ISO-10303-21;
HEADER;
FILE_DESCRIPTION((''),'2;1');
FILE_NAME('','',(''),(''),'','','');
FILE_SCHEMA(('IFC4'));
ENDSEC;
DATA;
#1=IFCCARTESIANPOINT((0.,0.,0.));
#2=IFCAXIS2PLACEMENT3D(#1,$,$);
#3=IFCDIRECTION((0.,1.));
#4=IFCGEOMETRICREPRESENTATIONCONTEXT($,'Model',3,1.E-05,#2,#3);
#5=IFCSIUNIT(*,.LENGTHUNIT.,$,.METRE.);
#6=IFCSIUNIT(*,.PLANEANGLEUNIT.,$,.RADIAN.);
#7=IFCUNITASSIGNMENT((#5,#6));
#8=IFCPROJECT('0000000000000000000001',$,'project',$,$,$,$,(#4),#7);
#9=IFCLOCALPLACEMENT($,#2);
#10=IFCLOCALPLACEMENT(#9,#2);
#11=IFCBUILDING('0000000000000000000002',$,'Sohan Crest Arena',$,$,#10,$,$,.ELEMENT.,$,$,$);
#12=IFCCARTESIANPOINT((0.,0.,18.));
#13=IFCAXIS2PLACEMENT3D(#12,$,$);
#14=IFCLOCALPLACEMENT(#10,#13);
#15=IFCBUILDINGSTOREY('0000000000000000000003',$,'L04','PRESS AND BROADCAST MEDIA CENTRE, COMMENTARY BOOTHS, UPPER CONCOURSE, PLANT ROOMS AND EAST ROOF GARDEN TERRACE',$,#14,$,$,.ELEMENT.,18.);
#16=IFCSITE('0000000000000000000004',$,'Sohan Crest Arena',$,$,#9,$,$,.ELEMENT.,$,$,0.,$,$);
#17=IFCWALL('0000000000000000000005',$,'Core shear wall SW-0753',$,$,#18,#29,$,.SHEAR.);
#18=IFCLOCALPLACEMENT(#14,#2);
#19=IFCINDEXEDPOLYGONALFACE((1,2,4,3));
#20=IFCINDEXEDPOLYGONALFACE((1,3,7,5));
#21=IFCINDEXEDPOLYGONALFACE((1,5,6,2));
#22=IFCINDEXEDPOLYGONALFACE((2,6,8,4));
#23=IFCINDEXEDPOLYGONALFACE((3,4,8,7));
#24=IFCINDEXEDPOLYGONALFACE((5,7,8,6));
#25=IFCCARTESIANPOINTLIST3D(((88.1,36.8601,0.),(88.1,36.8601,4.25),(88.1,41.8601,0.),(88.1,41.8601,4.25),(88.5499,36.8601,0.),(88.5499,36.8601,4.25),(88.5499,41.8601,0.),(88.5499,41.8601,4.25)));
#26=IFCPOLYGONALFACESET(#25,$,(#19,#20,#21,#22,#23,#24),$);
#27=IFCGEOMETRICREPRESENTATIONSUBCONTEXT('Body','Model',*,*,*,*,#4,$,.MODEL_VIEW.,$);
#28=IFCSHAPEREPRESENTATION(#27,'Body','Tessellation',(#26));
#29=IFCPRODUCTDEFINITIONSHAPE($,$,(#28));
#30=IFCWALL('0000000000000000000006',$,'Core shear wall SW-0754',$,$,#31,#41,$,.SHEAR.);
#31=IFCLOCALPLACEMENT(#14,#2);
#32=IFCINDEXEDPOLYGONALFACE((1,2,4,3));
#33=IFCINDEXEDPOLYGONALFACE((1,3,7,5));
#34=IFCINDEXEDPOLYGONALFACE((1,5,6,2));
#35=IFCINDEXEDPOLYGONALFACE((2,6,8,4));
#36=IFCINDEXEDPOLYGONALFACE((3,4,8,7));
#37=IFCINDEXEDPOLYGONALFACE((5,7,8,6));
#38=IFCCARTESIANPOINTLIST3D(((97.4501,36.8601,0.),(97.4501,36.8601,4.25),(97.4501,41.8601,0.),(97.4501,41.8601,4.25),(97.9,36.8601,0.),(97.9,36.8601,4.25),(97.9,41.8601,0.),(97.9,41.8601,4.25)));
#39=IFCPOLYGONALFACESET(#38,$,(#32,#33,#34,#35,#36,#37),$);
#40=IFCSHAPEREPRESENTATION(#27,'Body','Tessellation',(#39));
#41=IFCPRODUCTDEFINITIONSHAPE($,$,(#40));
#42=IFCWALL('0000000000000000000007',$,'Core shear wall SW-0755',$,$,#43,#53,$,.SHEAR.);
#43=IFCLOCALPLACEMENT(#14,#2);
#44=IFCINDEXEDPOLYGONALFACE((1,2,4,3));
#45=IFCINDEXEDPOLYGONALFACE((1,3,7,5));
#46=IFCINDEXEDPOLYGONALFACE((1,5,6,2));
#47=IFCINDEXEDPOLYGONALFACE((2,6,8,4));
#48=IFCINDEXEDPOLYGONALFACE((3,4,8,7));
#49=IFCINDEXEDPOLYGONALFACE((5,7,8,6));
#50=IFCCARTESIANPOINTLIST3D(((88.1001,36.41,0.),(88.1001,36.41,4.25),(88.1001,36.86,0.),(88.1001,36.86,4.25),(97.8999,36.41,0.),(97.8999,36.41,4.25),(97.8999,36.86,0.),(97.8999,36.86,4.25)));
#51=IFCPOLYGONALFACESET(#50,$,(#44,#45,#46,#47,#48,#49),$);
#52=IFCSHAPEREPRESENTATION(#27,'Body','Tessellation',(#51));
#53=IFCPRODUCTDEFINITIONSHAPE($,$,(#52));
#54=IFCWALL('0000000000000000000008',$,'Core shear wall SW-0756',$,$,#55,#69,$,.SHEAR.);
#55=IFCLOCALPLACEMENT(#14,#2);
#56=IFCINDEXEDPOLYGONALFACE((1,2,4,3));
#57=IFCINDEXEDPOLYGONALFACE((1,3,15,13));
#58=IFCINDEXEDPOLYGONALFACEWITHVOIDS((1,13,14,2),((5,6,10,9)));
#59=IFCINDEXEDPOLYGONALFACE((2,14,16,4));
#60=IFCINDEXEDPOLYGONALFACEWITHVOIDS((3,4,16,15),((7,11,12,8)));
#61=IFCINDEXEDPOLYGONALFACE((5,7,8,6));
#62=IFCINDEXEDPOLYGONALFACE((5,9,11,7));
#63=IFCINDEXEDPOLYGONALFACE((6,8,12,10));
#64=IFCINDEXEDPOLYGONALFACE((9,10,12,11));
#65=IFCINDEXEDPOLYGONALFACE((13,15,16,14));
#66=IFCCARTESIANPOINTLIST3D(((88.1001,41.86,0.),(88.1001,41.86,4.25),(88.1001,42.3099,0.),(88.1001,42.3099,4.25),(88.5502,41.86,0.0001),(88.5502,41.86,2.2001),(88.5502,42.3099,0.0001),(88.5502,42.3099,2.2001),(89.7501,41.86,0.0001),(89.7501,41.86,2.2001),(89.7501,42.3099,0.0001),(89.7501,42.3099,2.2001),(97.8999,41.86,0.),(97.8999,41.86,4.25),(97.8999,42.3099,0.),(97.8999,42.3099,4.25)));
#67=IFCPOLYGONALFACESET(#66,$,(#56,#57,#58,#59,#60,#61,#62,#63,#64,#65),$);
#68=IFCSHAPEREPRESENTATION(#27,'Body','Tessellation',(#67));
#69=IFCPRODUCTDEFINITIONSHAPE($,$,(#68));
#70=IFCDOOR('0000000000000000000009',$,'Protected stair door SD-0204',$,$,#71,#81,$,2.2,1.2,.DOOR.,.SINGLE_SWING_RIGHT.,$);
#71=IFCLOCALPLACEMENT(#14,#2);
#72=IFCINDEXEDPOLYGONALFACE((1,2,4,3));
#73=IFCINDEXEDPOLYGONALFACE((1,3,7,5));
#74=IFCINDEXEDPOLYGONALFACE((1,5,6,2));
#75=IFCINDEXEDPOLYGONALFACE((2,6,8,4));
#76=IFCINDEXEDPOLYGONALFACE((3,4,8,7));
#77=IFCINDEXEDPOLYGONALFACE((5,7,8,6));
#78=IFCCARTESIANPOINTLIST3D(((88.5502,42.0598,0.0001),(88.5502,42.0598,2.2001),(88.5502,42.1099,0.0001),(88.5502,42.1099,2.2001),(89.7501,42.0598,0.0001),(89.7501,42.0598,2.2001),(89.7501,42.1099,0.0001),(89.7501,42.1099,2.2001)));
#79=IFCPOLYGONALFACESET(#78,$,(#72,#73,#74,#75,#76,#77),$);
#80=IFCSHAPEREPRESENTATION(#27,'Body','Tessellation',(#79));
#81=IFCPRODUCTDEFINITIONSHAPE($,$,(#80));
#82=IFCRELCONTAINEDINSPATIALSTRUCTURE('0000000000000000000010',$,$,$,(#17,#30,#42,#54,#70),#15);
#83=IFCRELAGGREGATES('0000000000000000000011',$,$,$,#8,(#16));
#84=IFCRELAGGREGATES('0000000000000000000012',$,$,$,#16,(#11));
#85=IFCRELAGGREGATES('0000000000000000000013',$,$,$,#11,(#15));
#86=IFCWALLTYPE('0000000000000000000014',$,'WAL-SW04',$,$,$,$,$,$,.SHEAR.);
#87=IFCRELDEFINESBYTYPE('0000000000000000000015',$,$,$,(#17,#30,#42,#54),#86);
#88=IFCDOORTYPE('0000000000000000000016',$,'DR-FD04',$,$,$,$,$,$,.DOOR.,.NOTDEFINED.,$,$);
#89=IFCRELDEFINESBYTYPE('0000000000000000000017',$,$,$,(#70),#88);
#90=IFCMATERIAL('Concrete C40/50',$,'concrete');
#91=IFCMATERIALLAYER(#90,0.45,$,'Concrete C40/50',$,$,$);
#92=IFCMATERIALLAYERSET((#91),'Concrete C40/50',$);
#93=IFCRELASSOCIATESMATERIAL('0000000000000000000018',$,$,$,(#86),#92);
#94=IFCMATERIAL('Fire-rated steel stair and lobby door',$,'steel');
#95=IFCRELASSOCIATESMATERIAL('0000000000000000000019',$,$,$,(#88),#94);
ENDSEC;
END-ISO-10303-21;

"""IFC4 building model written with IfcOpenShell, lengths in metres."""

from ifc_helpers import new_model, si_unit, direction, frame, frame_2d, origin, place, context, subcontext, project, spatial, rectangle, extrude, material, layer, layer_set, type_object, element, fill, save


model = new_model("IFC4")

# Units and contexts
model_context = context("Model", 3, precision=1e-05, world=origin(), true_north=direction((0.0, 1.0)))
body_context = subcontext(model_context, "Body", "Model", "MODEL_VIEW")
ifc_project = project(units=[si_unit("LENGTHUNIT", "METRE"), si_unit("PLANEANGLEUNIT", "RADIAN")], contexts=[model_context])

# Site, building, storey
site_placement = place(None, origin())
site = spatial("IfcSite", under=ifc_project, at=site_placement, Name="Sohan Crest Arena", CompositionType="ELEMENT", RefElevation=0.0)
building_placement = place(site_placement, origin())
building = spatial("IfcBuilding", under=site, at=building_placement, Name="Sohan Crest Arena", CompositionType="ELEMENT")
storey_placement = place(building_placement, frame((0.0, 0.0, 18.0)))
storey = spatial("IfcBuildingStorey", under=building, at=storey_placement, Name="L04", Description="PRESS AND BROADCAST MEDIA CENTRE, COMMENTARY BOOTHS, UPPER CONCOURSE, PLANT ROOMS AND EAST ROOF GARDEN TERRACE", CompositionType="ELEMENT", Elevation=18.0)

# Shared definitions
ifc_material_1 = material(Name="Concrete C40/50", Category="concrete")

# Walls
ifc_layer_1 = layer(ifc_material_1, 0.45, Name="Concrete C40/50")
ifc_layer_set_1 = layer_set([ifc_layer_1], Name="Concrete C40/50")
wall_type_1 = type_object("IfcWallType", Name="WAL-SW04", PredefinedType="SHEAR", material=ifc_layer_set_1)
for number, where, z_axis, x_axis, name in (
    (1, (88.325, 36.8601, 0.0), (0.0, 0.0, 1.0), (0.0, 1.0, 0.0), "Core shear wall SW-0753"),
    (2, (97.675, 36.8601, 0.0), (0.0, 0.0, 1.0), (0.0, 1.0, 0.0), "Core shear wall SW-0754"),
):
    element("IfcWall", number, at=place(storey_placement, frame(where, z_axis=z_axis, x_axis=x_axis)), inside=storey, type_object=wall_type_1, Name=name, PredefinedType="SHEAR", context=body_context, shape_type="SweptSolid", body=[
        extrude(rectangle(XDim=5.0, YDim=0.45, at=frame_2d((2.5, 0.0))), origin(), (0.0, 0.0, 1.0), 4.25),
    ])
wall_1_placement = place(storey_placement, frame((88.1001, 36.635, 0.0), z_axis=(0.0, 0.0, 1.0), x_axis=(1.0, 0.0, 0.0)))
element("IfcWall", 3, at=wall_1_placement, inside=storey, type_object=wall_type_1, Name="Core shear wall SW-0755", PredefinedType="SHEAR", context=body_context, shape_type="SweptSolid", body=[
    extrude(rectangle(XDim=9.7998, YDim=0.45, at=frame_2d((4.8999, 0.0))), origin(), (0.0, 0.0, 1.0), 4.25),
])

# Wall, opening, door
wall_2_placement = place(storey_placement, frame((88.1001, 42.085, 0.0), z_axis=(0.0, 0.0, 1.0), x_axis=(1.0, 0.0, 0.0)))
wall_2 = element("IfcWall", 4, at=wall_2_placement, inside=storey, type_object=wall_type_1, Name="Core shear wall SW-0756", PredefinedType="SHEAR", context=body_context, shape_type="SweptSolid", body=[
    extrude(rectangle(XDim=9.7998, YDim=0.45, at=frame_2d((4.8999, 0.0))), origin(), (0.0, 0.0, 1.0), 4.25),
])
opening_1_placement = place(wall_2_placement, frame((0.45, 0.0, 0.0)))
opening_1 = element("IfcOpeningElement", 5, at=opening_1_placement, cuts=wall_2, PredefinedType="OPENING", context=body_context, shape_type="SweptSolid", body=[
    extrude(rectangle(XDim=1.2, YDim=2.2, at=frame_2d((0.6001, 1.1001))), frame((0.0, 0.2349, 0.0), z_axis=(0.0, -1.0, 0.0), x_axis=(1.0, 0.0, 0.0)), (0.0, 0.0, 1.0), 0.47),
])
ifc_material_2 = material(Name="Fire-rated steel stair and lobby door", Category="steel")
door_type_1 = type_object("IfcDoorType", Name="DR-FD04", OperationType="NOTDEFINED", PredefinedType="DOOR", material=ifc_material_2)
door_1_placement = place(opening_1_placement, origin())
door_1 = element("IfcDoor", 6, at=door_1_placement, inside=storey, type_object=door_type_1, Name="Protected stair door SD-0204", OperationType="SINGLE_SWING_RIGHT", OverallHeight=2.2, OverallWidth=1.2, PredefinedType="DOOR", context=body_context, shape_type="SweptSolid", body=[
    extrude(rectangle(XDim=1.2, YDim=2.2, at=frame_2d((0.6001, 1.1001))), frame((0.0, 0.0249, 0.0), z_axis=(0.0, -1.0, 0.0), x_axis=(1.0, 0.0, 0.0)), (0.0, 0.0, 1.0), 0.05),
])
fill(opening_1, door_1)

save(model, "model.ifc")
